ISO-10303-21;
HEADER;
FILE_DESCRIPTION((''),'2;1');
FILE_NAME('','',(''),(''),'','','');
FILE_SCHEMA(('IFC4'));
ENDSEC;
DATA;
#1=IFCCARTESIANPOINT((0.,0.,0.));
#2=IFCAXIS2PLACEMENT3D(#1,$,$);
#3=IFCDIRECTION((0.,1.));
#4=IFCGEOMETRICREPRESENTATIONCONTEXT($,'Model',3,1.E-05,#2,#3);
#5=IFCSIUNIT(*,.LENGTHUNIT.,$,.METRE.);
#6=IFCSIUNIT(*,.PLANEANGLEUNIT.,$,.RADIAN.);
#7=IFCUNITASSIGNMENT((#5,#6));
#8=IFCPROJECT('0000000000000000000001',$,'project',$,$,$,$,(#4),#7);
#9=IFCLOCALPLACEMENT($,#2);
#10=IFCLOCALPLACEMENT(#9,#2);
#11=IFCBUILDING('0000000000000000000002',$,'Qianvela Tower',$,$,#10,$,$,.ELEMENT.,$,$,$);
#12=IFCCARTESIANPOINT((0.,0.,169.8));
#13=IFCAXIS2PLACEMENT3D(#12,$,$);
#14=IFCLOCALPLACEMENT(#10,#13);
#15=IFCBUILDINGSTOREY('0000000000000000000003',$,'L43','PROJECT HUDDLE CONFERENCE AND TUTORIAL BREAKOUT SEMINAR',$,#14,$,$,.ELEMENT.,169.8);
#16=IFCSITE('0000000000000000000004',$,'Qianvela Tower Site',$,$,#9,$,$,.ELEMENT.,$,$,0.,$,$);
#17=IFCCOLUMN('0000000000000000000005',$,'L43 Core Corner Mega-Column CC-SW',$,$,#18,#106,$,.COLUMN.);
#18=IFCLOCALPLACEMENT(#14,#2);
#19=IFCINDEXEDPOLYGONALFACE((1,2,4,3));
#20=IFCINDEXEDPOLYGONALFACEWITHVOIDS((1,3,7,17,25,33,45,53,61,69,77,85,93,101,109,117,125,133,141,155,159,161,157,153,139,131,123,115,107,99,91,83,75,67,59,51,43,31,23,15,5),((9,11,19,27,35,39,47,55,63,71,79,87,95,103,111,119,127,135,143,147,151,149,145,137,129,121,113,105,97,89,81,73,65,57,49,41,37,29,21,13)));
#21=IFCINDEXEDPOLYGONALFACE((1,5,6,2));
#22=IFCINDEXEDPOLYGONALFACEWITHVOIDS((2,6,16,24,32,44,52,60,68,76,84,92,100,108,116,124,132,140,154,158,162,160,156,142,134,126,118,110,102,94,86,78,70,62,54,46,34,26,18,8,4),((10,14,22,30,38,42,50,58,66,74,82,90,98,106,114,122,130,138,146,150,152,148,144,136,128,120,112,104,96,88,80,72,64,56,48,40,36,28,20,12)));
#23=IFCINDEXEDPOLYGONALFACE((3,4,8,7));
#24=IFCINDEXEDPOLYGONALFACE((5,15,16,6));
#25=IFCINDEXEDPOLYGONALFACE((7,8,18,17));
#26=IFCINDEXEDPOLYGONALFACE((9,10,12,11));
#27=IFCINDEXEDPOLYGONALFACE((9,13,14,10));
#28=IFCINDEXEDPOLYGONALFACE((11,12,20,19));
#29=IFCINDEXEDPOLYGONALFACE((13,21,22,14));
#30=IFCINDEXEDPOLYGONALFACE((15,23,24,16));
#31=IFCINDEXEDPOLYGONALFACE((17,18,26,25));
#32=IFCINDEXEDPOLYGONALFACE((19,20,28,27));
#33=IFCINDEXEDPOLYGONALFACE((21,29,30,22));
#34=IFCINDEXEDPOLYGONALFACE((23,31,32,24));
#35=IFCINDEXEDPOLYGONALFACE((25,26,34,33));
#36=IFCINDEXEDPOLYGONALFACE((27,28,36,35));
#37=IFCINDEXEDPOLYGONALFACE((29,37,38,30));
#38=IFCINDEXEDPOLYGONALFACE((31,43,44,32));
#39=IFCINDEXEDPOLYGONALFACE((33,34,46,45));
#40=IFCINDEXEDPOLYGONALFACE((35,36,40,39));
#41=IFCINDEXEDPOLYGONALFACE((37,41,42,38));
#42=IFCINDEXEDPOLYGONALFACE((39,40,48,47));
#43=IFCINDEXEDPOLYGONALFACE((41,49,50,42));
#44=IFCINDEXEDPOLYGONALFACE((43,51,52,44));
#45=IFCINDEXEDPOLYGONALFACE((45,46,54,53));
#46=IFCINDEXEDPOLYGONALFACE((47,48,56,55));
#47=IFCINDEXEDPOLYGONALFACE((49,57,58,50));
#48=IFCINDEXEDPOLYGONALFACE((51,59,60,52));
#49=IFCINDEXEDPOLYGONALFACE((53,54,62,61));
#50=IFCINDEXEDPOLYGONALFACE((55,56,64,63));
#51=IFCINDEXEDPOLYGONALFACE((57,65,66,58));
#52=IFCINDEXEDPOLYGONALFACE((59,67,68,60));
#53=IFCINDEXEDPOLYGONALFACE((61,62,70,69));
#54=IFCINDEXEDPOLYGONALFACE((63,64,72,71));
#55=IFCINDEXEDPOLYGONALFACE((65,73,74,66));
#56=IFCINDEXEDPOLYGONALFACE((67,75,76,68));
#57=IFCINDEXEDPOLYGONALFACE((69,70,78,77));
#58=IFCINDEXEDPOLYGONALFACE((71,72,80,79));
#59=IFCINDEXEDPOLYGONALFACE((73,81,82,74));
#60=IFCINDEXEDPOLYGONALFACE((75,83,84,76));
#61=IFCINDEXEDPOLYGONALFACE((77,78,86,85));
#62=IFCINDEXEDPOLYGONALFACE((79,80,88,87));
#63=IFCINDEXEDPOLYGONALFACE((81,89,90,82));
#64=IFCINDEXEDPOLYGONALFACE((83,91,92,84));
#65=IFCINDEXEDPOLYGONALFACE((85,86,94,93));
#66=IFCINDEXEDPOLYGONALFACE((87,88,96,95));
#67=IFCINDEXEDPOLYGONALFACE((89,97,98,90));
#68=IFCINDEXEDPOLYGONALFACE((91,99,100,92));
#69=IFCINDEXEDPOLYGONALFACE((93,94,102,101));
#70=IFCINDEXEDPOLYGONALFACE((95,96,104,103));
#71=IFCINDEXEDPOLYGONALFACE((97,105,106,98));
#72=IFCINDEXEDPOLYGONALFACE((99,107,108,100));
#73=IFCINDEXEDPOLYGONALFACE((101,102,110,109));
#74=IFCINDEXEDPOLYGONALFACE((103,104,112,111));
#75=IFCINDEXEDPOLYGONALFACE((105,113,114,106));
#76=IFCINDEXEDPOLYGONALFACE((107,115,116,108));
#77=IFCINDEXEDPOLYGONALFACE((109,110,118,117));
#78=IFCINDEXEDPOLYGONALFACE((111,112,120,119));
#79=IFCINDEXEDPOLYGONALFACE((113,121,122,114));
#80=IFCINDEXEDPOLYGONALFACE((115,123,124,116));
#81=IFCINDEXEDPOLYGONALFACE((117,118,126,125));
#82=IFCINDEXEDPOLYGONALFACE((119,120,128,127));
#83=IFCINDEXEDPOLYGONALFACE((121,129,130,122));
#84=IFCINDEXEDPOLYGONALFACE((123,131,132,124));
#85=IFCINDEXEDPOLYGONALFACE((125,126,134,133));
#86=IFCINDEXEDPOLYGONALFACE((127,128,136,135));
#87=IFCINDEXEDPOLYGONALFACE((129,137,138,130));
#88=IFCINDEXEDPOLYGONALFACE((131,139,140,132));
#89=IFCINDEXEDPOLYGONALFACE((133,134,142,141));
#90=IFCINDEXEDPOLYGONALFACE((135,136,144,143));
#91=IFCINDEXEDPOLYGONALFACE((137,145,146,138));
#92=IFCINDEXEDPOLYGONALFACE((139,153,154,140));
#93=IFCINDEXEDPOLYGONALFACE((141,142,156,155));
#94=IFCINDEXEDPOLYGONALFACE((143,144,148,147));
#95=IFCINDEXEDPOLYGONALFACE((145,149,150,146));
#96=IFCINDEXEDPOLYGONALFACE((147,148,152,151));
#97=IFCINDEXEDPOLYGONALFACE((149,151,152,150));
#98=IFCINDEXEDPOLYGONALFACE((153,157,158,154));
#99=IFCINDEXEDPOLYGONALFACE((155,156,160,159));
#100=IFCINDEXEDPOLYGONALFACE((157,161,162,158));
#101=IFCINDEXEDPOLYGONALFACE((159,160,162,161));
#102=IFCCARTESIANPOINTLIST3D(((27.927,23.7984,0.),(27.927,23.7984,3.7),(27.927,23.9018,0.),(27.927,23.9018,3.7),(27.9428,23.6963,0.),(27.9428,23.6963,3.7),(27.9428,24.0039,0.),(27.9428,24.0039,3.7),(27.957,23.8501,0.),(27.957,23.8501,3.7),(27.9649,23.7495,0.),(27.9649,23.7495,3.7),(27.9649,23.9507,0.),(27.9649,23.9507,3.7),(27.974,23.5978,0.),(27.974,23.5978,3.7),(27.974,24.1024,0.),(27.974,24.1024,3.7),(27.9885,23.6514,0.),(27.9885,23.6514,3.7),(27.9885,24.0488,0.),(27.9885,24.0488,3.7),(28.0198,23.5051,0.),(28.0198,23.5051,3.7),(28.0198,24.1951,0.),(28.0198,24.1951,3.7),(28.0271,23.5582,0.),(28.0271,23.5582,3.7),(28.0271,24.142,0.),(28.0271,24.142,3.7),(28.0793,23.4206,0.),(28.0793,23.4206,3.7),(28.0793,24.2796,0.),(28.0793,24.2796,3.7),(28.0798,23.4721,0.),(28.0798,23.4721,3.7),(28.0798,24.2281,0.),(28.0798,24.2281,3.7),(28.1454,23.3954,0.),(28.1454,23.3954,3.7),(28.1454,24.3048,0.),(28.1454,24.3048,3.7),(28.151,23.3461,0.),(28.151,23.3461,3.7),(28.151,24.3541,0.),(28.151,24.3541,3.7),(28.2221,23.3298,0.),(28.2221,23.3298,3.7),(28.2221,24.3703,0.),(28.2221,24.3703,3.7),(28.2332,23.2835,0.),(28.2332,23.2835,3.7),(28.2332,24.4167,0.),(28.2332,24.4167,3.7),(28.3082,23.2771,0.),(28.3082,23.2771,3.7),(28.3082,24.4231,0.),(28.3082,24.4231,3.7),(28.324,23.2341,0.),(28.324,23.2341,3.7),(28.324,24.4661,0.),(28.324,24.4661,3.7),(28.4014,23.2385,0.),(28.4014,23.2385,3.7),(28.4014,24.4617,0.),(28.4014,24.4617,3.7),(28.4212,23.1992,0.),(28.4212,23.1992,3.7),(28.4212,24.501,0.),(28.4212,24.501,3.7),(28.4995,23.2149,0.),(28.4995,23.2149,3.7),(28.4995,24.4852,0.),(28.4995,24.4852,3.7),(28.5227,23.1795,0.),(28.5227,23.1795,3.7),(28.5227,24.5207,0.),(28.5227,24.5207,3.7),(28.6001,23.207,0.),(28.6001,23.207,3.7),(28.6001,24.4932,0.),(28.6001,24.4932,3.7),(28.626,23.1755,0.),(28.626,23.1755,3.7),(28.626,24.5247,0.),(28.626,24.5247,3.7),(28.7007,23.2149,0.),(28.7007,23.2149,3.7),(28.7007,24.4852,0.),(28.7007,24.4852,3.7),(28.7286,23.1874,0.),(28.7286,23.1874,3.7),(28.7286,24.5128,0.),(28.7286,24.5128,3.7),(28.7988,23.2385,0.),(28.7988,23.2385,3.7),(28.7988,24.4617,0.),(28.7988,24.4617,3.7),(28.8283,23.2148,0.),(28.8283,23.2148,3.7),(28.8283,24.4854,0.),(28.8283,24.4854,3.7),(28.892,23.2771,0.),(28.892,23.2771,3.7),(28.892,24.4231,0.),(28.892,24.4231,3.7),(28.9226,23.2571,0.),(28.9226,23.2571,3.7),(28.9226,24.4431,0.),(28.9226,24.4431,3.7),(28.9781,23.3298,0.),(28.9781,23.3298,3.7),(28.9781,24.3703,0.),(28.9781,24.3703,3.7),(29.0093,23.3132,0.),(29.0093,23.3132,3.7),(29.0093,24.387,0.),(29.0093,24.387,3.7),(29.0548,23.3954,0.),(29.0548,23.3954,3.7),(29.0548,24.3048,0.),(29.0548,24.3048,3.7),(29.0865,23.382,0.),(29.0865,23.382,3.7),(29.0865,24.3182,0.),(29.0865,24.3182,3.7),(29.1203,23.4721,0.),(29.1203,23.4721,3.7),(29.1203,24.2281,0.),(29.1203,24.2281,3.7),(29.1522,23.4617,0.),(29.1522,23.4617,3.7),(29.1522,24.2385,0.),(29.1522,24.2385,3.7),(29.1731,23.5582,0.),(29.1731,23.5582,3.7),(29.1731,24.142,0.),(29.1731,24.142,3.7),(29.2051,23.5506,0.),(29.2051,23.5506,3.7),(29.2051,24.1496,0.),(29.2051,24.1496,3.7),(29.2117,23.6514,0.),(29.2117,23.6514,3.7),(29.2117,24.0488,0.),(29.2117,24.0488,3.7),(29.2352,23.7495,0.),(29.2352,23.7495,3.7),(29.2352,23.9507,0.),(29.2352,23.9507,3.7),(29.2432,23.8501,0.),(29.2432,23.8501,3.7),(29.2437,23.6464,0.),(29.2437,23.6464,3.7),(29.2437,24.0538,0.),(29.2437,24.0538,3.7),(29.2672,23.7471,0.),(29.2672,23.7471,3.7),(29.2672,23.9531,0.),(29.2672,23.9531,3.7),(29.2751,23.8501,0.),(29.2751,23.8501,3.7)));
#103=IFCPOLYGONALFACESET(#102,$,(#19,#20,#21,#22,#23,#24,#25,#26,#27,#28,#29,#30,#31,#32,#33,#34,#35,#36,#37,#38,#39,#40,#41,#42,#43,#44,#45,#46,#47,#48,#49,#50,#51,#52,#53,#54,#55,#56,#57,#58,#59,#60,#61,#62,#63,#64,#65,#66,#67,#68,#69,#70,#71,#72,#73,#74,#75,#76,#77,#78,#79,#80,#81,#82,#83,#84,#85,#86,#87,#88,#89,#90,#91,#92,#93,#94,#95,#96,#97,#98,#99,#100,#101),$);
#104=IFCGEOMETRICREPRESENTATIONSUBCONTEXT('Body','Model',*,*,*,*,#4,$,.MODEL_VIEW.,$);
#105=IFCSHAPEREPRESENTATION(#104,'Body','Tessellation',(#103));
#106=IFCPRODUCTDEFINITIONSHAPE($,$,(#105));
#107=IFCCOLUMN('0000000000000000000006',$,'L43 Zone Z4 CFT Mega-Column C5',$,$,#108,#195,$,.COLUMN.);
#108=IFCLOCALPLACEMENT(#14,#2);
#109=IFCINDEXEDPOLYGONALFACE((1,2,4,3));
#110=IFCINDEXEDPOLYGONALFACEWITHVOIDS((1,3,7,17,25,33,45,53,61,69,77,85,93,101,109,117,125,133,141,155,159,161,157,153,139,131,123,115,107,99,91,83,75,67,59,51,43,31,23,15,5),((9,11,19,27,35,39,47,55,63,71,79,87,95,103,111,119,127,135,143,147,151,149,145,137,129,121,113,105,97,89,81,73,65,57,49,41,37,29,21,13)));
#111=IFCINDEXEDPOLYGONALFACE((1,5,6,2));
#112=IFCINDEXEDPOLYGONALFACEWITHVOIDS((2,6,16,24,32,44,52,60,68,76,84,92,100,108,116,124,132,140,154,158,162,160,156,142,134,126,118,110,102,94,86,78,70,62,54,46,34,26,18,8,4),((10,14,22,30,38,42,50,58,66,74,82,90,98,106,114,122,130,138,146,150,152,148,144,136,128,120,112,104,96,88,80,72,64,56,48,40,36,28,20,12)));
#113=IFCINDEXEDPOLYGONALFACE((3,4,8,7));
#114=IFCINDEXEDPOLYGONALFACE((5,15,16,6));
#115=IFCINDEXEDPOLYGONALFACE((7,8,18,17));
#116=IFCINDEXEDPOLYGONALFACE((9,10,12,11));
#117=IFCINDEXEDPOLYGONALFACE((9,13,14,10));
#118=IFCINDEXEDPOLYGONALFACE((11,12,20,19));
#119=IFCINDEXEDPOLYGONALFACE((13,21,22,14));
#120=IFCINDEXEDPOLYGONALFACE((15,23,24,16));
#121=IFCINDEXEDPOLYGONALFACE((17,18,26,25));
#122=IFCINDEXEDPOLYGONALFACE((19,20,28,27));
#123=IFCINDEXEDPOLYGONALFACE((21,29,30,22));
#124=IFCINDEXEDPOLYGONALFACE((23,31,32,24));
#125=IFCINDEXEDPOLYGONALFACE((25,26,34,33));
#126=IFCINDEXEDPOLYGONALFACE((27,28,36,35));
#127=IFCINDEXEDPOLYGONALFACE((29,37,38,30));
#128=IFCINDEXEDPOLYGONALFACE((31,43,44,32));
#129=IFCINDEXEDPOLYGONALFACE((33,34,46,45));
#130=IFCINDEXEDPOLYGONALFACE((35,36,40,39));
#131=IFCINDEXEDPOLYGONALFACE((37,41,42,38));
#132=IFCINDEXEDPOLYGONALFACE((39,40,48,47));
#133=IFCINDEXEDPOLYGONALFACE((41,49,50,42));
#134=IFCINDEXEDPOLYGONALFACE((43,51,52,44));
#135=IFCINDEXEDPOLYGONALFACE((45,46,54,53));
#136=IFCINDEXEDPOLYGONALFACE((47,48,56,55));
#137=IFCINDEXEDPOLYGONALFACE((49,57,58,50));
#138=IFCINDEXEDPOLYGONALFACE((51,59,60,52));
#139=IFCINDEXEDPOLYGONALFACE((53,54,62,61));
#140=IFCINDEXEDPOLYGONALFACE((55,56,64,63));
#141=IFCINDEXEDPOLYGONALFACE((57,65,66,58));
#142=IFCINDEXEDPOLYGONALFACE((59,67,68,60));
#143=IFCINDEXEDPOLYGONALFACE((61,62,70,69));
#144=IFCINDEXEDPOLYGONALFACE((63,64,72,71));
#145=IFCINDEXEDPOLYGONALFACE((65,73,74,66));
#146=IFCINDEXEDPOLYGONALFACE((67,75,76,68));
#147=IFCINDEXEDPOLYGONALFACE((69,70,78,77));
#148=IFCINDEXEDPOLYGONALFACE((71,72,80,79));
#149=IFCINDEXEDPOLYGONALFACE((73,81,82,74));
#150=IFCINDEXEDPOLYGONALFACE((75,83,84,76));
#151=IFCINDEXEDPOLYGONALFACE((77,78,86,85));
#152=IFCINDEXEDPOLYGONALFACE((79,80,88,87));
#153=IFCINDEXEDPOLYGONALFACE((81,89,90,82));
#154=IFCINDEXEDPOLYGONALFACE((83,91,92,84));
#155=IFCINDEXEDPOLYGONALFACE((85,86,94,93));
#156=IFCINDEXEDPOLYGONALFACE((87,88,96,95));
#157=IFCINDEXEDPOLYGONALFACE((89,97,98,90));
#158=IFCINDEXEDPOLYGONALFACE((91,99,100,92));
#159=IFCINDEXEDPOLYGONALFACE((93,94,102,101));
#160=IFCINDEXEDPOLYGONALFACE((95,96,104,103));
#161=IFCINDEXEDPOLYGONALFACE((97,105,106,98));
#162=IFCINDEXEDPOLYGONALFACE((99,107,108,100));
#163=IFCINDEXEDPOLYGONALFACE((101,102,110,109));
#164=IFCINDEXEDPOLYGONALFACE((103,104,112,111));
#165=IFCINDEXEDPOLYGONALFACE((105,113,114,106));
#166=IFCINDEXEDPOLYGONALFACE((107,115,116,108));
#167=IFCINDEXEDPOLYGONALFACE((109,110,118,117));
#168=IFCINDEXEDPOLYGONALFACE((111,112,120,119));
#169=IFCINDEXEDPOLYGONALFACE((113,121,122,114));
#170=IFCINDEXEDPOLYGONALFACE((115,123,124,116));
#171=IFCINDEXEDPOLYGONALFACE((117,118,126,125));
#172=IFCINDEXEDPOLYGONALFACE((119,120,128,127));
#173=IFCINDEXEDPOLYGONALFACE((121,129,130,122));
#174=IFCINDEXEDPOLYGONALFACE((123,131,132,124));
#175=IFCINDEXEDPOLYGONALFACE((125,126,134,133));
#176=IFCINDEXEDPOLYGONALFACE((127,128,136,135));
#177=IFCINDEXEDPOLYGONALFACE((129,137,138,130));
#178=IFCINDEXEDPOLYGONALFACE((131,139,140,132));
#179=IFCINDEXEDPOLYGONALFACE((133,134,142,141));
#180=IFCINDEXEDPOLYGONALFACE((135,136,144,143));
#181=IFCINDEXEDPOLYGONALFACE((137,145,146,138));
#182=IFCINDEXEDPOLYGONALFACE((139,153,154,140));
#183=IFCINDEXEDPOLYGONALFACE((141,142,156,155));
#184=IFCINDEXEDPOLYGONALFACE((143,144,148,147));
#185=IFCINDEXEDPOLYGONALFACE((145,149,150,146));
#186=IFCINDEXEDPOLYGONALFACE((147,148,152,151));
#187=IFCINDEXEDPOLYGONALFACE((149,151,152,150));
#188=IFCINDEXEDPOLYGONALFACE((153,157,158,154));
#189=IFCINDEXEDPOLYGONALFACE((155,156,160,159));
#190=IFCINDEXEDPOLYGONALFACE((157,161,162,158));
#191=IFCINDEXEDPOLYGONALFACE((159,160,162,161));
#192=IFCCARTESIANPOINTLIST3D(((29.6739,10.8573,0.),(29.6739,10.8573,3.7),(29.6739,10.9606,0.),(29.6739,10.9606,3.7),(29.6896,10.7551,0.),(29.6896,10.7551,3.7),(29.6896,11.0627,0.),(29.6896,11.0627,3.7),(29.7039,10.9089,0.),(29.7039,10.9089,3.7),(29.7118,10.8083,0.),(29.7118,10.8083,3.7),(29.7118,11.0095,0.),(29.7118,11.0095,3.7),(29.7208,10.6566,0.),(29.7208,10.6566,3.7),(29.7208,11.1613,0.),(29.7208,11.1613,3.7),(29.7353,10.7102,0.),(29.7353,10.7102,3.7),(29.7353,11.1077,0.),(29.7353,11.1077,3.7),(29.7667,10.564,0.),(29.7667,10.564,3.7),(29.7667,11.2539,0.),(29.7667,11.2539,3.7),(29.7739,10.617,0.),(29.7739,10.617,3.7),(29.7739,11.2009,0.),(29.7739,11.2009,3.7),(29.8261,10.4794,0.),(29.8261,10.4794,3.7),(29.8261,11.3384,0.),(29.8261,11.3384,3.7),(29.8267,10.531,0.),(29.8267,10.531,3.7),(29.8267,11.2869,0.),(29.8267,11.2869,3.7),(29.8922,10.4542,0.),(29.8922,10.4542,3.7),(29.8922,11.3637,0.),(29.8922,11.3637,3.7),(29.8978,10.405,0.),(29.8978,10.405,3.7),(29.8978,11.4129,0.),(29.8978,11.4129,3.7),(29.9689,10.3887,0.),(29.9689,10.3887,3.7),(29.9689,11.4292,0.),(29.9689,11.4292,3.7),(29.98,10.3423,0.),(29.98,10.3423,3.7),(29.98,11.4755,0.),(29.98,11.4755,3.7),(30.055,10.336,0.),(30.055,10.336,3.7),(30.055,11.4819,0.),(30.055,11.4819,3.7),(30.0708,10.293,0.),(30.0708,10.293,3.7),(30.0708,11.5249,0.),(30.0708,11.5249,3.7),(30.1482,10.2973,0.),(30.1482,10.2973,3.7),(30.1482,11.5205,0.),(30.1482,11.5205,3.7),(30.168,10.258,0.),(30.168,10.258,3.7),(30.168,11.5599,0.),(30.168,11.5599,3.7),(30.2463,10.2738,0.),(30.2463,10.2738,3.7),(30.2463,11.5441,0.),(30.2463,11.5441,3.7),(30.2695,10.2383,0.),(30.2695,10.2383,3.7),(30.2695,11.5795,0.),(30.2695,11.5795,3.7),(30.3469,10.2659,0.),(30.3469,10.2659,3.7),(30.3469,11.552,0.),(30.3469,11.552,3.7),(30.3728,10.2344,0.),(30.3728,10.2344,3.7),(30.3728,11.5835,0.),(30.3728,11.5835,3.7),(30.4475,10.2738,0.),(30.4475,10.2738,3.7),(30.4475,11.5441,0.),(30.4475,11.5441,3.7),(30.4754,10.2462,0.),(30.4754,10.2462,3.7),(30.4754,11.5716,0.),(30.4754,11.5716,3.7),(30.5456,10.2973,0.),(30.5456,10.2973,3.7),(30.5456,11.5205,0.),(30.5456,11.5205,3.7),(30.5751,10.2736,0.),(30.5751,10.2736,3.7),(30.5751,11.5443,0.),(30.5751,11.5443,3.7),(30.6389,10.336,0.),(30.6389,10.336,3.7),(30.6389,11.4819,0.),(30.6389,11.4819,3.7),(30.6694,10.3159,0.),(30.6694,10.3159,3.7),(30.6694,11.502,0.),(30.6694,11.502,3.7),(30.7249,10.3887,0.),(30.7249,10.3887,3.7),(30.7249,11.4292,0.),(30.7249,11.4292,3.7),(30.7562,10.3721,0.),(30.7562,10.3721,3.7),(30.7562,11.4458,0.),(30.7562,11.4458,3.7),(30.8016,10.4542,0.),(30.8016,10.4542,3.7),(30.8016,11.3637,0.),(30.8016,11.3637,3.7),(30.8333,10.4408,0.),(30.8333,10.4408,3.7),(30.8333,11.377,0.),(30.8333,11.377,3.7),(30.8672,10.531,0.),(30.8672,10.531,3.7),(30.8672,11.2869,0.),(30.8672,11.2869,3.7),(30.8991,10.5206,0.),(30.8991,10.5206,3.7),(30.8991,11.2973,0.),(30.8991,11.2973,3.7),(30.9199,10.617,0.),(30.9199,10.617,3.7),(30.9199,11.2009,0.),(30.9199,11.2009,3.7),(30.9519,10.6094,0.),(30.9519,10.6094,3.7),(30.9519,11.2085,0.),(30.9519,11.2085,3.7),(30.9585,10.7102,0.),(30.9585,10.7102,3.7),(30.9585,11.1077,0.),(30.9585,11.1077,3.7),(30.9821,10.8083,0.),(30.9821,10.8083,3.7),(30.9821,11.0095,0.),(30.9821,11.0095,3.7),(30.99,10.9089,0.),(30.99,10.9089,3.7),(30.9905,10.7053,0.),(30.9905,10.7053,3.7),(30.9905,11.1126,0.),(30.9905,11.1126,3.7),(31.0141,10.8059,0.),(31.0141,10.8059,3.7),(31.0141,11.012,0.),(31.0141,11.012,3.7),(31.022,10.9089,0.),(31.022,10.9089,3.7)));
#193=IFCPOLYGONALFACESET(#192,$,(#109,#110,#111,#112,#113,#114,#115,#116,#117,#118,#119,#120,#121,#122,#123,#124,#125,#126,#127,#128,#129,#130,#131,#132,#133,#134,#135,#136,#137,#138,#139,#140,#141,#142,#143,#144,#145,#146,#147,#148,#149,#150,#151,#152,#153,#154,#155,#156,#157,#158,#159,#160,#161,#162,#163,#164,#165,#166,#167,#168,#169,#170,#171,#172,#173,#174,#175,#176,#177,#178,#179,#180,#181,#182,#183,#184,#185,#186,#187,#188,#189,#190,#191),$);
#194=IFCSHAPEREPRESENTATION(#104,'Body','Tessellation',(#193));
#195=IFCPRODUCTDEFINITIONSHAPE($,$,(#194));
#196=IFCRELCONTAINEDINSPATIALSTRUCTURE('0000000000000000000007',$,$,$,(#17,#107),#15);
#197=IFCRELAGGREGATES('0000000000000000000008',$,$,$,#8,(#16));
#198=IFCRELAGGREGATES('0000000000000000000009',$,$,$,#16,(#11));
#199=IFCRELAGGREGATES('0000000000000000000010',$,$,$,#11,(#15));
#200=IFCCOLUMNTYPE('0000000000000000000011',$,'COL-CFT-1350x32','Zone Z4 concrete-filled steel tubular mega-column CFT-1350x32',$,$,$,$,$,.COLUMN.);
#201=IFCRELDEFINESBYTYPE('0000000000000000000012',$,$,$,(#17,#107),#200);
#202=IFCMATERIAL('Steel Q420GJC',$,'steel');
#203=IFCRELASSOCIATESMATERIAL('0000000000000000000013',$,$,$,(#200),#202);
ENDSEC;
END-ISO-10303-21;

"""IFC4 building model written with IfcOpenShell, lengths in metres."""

from ifc_helpers import new_model, si_unit, direction, frame, origin, origin_2d, place, context, subcontext, project, spatial, hollow_circle, extrude, material, material_profile, profile_set, type_object, element, save


model = new_model("IFC4")

# Units and contexts
model_context = context("Model", 3, precision=1e-05, world=origin(), true_north=direction((0.0, 1.0)))
body_context = subcontext(model_context, "Body", "Model", "MODEL_VIEW")
ifc_project = project(units=[si_unit("LENGTHUNIT", "METRE"), si_unit("PLANEANGLEUNIT", "RADIAN")], contexts=[model_context])

# Site, building, storey
site_placement = place(None, origin())
site = spatial("IfcSite", under=ifc_project, at=site_placement, Name="Qianvela Tower Site", CompositionType="ELEMENT", RefElevation=0.0)
building_placement = place(site_placement, origin())
building = spatial("IfcBuilding", under=site, at=building_placement, Name="Qianvela Tower", CompositionType="ELEMENT")
storey_placement = place(building_placement, frame((0.0, 0.0, 169.8)))
storey = spatial("IfcBuildingStorey", under=building, at=storey_placement, Name="L43", Description="PROJECT HUDDLE CONFERENCE AND TUTORIAL BREAKOUT SEMINAR", CompositionType="ELEMENT", Elevation=169.8)

# Columns
ifc_material_1 = material(Name="Steel Q420GJC", Category="steel")
ifc_material_profile_1 = material_profile(ifc_material_1, hollow_circle(Radius=0.675, WallThickness=0.032, at=origin_2d()), Name="CFT-1350x32")
ifc_profile_set_1 = profile_set([ifc_material_profile_1], Name="Steel Q420GJC")
column_type = type_object("IfcColumnType", Name="COL-CFT-1350x32", Description="Zone Z4 concrete-filled steel tubular mega-column CFT-1350x32", PredefinedType="COLUMN", material=ifc_profile_set_1)
for number, where, z_axis, x_axis, name in (
    (1, (28.6001, 23.8501, 0.0), (0.0, 0.0, 1.0), (1.0, 0.0, 0.0), "L43 Core Corner Mega-Column CC-SW"),
    (2, (30.3469, 10.9089, 0.0), (0.0, 0.0, 1.0), (1.0, 0.0, 0.0), "L43 Zone Z4 CFT Mega-Column C5"),
):
    element("IfcColumn", number, at=place(storey_placement, frame(where, z_axis=z_axis, x_axis=x_axis)), inside=storey, type_object=column_type, Name=name, PredefinedType="COLUMN", context=body_context, shape_type="SweptSolid", body=[
        extrude(hollow_circle(Radius=0.675, WallThickness=0.032, at=origin_2d()), origin(), (0.0, 0.0, 1.0), 3.7),
    ])

save(model, "model.ifc")
